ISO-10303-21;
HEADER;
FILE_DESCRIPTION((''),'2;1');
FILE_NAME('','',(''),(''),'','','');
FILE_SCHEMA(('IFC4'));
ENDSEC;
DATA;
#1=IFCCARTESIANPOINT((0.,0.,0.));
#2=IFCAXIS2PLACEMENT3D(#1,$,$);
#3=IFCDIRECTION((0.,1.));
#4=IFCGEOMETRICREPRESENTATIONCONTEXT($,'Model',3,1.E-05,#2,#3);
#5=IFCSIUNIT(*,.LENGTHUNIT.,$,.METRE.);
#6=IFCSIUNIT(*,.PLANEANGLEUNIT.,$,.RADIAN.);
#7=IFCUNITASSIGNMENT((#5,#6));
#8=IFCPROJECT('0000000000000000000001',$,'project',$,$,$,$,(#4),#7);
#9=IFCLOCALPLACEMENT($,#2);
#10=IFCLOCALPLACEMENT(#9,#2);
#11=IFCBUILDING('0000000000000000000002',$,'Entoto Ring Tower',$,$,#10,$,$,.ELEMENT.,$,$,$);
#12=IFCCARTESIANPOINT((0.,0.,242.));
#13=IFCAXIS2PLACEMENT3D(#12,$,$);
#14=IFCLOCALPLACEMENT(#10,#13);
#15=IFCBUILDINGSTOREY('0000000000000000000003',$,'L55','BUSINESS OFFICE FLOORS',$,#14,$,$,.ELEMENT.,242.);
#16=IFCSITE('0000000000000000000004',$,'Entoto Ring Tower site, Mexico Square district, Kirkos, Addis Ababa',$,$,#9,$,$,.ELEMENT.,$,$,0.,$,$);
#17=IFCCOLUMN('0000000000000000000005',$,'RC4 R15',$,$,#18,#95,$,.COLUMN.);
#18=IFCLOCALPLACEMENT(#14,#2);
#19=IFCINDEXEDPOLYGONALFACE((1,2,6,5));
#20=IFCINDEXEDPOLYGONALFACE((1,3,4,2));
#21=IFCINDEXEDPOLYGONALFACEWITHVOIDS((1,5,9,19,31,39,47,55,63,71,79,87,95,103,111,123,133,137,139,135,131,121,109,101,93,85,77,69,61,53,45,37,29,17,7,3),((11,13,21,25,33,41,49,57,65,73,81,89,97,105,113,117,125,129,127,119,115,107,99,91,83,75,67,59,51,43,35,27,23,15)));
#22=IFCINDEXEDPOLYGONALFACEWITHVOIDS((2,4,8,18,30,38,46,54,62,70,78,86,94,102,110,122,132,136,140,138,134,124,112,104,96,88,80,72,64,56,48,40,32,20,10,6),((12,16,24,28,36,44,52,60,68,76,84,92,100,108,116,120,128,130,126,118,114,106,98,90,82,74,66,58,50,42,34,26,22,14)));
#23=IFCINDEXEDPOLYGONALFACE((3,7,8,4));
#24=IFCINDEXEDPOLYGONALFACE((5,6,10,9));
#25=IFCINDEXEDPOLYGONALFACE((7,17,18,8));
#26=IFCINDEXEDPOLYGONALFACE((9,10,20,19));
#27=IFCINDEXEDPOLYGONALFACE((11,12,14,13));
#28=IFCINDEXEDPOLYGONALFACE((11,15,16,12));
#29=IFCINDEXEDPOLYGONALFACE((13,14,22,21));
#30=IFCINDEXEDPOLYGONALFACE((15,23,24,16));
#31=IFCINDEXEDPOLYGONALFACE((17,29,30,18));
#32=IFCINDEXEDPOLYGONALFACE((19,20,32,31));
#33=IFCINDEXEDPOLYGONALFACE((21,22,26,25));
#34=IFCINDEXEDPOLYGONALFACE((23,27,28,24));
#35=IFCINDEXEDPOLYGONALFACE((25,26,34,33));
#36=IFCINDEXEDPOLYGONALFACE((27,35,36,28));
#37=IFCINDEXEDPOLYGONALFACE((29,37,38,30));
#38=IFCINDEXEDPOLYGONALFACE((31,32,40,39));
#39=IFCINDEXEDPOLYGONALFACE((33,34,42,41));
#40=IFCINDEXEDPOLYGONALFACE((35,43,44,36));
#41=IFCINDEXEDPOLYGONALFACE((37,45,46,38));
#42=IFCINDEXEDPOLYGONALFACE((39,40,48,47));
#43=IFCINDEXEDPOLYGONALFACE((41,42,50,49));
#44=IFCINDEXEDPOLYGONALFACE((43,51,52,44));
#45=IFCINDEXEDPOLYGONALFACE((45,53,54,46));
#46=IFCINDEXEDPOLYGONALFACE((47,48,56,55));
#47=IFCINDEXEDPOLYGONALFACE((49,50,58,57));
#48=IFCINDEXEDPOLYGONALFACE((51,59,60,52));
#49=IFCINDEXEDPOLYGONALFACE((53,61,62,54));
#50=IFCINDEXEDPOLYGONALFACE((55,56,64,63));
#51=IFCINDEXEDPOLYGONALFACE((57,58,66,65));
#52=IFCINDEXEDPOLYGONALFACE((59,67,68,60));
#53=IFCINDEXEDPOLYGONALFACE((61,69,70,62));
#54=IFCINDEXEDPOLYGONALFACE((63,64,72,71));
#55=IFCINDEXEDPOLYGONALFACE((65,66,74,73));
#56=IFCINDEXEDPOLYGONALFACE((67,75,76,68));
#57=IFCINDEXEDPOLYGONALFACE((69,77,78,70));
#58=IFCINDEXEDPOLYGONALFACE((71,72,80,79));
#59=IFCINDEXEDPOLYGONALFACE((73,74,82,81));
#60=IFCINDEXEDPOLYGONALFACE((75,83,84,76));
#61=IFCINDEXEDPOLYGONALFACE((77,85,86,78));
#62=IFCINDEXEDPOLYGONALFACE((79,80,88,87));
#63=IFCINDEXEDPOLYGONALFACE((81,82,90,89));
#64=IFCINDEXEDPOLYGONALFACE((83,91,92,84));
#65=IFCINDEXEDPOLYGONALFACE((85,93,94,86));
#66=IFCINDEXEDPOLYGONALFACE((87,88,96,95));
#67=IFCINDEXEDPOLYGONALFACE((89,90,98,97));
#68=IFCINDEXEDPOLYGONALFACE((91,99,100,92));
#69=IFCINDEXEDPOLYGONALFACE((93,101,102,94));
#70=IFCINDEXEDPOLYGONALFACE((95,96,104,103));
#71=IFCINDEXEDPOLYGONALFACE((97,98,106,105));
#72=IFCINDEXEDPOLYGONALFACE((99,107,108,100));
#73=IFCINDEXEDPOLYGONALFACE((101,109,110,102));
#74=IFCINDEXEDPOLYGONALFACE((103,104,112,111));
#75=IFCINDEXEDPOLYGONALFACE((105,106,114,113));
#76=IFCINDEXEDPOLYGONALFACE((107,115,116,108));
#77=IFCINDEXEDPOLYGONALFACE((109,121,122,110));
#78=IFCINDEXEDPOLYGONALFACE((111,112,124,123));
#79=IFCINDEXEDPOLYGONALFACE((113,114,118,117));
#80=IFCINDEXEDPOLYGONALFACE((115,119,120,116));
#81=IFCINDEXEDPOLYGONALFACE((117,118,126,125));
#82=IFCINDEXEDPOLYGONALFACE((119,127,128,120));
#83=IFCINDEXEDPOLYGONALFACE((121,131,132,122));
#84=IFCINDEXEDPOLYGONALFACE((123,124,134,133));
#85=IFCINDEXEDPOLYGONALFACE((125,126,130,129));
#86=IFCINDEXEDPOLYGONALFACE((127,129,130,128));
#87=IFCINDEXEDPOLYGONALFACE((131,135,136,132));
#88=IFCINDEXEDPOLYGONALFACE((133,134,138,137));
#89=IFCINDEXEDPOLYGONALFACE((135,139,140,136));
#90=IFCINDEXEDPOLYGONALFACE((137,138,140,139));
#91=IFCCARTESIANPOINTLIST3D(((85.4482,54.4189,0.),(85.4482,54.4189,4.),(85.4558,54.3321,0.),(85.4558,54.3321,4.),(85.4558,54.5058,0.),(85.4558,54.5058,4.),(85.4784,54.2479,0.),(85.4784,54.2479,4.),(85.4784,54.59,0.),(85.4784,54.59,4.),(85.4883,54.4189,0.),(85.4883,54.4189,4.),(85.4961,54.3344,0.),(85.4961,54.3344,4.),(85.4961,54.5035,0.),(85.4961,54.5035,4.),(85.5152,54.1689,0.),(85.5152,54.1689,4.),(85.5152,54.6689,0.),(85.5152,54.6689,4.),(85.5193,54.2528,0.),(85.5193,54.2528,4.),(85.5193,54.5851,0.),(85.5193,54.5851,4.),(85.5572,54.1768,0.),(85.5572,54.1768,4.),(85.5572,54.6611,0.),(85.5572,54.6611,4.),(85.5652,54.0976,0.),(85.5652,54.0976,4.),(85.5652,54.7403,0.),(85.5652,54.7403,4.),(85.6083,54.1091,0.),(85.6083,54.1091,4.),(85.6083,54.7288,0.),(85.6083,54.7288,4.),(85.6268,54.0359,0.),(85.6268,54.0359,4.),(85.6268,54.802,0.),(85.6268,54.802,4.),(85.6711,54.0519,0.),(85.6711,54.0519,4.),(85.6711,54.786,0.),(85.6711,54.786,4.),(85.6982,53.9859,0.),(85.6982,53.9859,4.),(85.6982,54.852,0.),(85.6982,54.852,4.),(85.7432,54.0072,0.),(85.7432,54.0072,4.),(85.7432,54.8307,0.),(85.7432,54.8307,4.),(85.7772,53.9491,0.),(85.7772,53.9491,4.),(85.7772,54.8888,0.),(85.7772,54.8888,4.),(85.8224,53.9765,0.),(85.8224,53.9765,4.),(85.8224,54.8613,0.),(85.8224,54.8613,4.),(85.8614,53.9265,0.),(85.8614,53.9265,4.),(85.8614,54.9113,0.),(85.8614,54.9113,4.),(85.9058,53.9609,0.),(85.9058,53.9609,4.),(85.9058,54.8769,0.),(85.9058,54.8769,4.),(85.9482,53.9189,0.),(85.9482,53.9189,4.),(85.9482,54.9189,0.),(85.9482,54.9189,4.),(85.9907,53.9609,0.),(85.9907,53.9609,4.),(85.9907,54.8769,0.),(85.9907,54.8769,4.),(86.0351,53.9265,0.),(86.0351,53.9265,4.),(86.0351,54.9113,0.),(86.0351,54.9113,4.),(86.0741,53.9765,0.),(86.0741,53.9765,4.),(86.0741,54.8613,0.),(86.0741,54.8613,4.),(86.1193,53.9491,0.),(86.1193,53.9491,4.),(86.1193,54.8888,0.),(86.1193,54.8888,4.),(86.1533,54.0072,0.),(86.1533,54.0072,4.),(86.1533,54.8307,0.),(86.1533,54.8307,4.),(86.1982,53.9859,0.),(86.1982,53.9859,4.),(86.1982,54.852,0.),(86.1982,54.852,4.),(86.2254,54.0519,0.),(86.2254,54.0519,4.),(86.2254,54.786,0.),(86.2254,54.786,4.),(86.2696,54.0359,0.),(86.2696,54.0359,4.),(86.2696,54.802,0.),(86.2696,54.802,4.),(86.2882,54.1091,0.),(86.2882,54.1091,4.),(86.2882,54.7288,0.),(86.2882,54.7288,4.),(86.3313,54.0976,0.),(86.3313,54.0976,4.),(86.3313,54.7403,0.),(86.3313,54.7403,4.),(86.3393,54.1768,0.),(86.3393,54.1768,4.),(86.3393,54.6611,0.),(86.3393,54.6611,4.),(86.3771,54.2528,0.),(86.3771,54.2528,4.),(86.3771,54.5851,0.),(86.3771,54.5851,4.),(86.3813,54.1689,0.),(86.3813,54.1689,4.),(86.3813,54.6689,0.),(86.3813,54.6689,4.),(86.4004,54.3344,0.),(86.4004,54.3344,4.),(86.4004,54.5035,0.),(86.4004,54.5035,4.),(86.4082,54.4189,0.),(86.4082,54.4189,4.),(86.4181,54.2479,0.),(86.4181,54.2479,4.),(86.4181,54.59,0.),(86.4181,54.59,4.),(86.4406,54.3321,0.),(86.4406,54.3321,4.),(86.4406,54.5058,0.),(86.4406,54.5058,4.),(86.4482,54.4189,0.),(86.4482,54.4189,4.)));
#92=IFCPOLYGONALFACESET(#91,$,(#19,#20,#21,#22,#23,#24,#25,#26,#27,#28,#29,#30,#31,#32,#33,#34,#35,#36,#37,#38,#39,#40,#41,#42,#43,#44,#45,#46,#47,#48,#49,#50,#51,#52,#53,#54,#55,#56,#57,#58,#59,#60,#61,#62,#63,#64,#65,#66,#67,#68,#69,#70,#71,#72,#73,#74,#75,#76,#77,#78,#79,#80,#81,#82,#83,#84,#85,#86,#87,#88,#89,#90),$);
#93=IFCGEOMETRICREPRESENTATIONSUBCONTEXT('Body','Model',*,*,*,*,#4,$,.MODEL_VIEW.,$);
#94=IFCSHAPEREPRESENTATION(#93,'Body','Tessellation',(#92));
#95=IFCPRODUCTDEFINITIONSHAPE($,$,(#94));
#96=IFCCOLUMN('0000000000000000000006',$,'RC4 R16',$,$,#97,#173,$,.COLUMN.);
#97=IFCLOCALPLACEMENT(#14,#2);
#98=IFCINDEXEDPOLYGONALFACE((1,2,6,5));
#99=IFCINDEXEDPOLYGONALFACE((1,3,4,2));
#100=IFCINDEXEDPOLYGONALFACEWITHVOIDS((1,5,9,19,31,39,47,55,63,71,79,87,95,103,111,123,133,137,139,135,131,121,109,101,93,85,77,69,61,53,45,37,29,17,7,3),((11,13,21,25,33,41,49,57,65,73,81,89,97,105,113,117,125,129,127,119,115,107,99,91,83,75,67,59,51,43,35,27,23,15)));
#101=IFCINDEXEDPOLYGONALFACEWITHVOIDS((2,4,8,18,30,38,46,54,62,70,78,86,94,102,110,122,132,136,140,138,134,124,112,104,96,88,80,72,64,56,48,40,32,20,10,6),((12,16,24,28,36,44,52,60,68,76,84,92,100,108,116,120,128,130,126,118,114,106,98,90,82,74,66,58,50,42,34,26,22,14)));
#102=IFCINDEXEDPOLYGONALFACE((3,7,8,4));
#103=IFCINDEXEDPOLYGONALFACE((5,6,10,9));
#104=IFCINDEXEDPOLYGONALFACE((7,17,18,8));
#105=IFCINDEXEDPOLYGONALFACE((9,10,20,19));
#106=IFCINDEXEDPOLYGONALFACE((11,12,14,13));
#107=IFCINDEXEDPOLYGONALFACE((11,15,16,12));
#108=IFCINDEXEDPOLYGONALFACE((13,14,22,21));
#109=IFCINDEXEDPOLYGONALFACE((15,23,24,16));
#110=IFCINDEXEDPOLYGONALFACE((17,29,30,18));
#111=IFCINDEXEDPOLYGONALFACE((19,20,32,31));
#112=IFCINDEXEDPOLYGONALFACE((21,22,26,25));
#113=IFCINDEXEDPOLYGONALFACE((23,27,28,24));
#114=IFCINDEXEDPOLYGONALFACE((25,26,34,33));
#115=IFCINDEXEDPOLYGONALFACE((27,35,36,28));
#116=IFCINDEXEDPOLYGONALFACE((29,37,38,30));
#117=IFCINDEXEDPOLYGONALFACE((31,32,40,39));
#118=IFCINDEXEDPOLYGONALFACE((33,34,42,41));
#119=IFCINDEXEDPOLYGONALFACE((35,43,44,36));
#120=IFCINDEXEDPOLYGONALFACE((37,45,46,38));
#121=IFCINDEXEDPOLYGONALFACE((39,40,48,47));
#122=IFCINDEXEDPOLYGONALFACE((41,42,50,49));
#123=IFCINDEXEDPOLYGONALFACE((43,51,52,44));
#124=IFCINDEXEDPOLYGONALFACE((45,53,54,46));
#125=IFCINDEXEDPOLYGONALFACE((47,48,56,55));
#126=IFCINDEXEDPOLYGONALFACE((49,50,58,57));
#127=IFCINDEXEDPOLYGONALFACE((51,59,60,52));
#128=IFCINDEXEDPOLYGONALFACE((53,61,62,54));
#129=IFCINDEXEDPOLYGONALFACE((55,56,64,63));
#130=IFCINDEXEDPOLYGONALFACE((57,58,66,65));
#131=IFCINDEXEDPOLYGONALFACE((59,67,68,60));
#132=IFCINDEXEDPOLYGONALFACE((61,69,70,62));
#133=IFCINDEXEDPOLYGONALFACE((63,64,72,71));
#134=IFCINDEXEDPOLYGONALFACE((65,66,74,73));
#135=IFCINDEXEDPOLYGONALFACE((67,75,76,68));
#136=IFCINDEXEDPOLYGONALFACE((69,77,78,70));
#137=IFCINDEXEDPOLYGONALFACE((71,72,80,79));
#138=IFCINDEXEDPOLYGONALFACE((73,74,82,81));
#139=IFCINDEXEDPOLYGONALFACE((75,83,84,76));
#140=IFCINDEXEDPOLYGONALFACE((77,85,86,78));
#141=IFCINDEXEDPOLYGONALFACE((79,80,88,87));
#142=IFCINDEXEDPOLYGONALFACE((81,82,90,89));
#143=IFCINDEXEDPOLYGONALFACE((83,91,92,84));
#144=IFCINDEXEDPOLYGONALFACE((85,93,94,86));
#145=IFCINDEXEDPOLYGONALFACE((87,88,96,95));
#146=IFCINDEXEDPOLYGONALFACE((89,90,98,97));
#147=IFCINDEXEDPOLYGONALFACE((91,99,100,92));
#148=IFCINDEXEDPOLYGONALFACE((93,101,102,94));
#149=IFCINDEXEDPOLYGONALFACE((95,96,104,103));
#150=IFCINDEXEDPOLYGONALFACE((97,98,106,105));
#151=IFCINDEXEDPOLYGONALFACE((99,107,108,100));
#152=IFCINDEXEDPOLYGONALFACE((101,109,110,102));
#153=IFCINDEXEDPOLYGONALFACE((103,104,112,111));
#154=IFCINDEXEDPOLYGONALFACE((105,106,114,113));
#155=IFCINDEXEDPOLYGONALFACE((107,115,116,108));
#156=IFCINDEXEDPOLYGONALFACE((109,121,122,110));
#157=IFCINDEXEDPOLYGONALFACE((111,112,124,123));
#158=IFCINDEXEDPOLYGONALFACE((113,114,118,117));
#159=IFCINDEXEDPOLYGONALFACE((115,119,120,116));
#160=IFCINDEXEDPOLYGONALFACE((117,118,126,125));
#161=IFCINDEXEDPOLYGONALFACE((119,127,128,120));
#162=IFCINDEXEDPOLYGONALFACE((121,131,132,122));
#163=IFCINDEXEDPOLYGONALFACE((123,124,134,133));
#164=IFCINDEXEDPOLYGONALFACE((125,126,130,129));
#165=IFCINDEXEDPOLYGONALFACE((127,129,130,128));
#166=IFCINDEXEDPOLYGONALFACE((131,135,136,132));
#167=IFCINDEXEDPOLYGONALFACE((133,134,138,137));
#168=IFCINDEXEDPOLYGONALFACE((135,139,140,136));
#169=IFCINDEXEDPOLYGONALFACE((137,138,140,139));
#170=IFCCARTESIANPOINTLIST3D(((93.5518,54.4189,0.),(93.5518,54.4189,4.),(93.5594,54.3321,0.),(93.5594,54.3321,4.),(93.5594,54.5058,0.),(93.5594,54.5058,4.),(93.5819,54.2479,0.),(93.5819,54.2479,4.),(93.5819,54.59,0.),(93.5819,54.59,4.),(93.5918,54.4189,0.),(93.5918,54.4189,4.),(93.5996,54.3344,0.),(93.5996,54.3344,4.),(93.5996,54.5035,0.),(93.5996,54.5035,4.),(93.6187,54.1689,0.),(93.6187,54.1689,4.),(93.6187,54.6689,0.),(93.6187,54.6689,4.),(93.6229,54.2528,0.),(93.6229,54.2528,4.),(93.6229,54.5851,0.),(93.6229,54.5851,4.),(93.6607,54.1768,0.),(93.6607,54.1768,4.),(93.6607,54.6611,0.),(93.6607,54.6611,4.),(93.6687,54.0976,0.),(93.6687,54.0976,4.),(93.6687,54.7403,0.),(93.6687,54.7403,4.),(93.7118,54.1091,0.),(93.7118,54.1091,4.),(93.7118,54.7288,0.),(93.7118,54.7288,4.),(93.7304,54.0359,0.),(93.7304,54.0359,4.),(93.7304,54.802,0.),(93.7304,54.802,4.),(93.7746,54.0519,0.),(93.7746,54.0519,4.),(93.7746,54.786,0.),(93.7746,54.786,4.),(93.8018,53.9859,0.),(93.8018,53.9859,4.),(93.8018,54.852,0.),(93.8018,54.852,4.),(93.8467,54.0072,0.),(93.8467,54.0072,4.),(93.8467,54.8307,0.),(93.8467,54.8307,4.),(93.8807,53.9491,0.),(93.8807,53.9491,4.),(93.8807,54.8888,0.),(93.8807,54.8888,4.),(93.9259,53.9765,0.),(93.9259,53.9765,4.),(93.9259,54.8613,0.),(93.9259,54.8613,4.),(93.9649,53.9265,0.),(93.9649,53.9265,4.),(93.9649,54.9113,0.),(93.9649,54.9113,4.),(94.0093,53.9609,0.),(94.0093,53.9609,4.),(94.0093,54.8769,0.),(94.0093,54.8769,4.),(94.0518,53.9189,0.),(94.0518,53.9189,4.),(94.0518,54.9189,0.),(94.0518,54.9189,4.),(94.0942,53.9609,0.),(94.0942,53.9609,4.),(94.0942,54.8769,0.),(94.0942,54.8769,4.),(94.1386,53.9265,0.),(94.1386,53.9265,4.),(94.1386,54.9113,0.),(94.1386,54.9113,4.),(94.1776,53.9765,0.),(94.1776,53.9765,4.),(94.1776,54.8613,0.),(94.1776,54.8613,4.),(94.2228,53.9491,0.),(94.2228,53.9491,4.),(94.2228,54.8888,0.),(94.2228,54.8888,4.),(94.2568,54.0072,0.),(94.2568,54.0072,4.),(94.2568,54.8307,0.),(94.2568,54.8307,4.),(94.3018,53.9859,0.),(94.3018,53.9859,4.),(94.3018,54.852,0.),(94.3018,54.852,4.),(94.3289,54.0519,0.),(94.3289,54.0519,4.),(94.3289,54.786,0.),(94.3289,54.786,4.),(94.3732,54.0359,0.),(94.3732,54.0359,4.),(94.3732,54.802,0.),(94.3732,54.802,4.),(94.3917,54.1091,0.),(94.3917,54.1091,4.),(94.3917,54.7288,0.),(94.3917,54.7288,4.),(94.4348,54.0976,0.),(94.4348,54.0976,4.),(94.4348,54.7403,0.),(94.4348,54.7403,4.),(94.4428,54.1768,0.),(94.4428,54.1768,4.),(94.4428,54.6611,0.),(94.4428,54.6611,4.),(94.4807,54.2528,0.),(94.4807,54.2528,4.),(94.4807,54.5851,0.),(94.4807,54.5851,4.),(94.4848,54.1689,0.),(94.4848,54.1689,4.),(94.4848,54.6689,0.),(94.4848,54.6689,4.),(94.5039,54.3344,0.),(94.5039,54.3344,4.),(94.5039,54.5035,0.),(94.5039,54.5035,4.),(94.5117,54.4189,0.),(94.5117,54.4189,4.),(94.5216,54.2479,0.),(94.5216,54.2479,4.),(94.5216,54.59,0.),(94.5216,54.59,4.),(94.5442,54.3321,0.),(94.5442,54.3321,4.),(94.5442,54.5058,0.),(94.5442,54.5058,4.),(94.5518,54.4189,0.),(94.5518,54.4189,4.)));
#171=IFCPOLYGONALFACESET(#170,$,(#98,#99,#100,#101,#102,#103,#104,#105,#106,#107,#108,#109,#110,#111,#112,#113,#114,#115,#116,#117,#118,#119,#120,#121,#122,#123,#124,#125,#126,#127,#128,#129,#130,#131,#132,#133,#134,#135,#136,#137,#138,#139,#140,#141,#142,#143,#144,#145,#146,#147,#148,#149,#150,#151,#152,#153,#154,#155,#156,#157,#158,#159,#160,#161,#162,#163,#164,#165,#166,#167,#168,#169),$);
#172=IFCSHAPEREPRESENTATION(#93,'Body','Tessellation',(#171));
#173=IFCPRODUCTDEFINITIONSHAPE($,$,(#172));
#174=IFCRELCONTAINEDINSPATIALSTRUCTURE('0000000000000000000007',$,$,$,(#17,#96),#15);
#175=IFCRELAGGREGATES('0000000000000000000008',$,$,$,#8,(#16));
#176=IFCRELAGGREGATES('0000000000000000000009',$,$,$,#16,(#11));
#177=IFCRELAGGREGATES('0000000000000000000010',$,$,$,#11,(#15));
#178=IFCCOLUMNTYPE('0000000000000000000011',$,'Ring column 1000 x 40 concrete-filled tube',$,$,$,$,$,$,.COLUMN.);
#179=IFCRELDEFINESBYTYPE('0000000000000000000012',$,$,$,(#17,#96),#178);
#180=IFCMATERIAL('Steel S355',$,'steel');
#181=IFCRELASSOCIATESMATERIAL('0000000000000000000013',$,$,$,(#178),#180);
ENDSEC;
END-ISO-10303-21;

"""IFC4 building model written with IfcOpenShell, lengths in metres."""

from ifc_helpers import new_model, si_unit, direction, frame, origin, origin_2d, place, context, subcontext, project, spatial, circle, hollow_circle, extrude, material, material_profile, profile_set, type_object, element, save


model = new_model("IFC4")

# Units and contexts
model_context = context("Model", 3, precision=1e-05, world=origin(), true_north=direction((0.0, 1.0)))
body_context = subcontext(model_context, "Body", "Model", "MODEL_VIEW")
ifc_project = project(units=[si_unit("LENGTHUNIT", "METRE"), si_unit("PLANEANGLEUNIT", "RADIAN")], contexts=[model_context])

# Site, building, storey
site_placement = place(None, origin())
site = spatial("IfcSite", under=ifc_project, at=site_placement, Name="Entoto Ring Tower site, Mexico Square district, Kirkos, Addis Ababa", CompositionType="ELEMENT", RefElevation=0.0)
building_placement = place(site_placement, origin())
building = spatial("IfcBuilding", under=site, at=building_placement, Name="Entoto Ring Tower", CompositionType="ELEMENT")
storey_placement = place(building_placement, frame((0.0, 0.0, 242.0)))
storey = spatial("IfcBuildingStorey", under=building, at=storey_placement, Name="L55", Description="BUSINESS OFFICE FLOORS", CompositionType="ELEMENT", Elevation=242.0)

# Columns
ifc_material_1 = material(Name="Steel S355", Category="steel")
ifc_material_profile_1 = material_profile(ifc_material_1, hollow_circle(Radius=0.5, WallThickness=0.04, at=origin_2d()), Name="CHS 1000 x 40")
ifc_material_2 = material(Name="Concrete C60/75", Category="concrete")
ifc_material_profile_2 = material_profile(ifc_material_2, circle(Radius=0.46, at=origin_2d()), Name="Concrete C60/75 infill")
ifc_profile_set_1 = profile_set([ifc_material_profile_1, ifc_material_profile_2], Name="Steel S355")
column_type = type_object("IfcColumnType", Name="Ring column 1000 x 40 concrete-filled tube", PredefinedType="COLUMN", material=ifc_profile_set_1)
for number, where, z_axis, x_axis, name in (
    (1, (85.9482, 54.4189, 0.0), (0.0, 0.0, 1.0), (1.0, 0.0, 0.0), "RC4 R15"),
    (2, (94.0518, 54.4189, 0.0), (0.0, 0.0, 1.0), (1.0, 0.0, 0.0), "RC4 R16"),
):
    element("IfcColumn", number, at=place(storey_placement, frame(where, z_axis=z_axis, x_axis=x_axis)), inside=storey, type_object=column_type, Name=name, PredefinedType="COLUMN", context=body_context, shape_type="SweptSolid", body=[
        extrude(hollow_circle(Radius=0.5, WallThickness=0.04, at=origin_2d()), origin(), (0.0, 0.0, 1.0), 4.0),
    ])

save(model, "model.ifc")
